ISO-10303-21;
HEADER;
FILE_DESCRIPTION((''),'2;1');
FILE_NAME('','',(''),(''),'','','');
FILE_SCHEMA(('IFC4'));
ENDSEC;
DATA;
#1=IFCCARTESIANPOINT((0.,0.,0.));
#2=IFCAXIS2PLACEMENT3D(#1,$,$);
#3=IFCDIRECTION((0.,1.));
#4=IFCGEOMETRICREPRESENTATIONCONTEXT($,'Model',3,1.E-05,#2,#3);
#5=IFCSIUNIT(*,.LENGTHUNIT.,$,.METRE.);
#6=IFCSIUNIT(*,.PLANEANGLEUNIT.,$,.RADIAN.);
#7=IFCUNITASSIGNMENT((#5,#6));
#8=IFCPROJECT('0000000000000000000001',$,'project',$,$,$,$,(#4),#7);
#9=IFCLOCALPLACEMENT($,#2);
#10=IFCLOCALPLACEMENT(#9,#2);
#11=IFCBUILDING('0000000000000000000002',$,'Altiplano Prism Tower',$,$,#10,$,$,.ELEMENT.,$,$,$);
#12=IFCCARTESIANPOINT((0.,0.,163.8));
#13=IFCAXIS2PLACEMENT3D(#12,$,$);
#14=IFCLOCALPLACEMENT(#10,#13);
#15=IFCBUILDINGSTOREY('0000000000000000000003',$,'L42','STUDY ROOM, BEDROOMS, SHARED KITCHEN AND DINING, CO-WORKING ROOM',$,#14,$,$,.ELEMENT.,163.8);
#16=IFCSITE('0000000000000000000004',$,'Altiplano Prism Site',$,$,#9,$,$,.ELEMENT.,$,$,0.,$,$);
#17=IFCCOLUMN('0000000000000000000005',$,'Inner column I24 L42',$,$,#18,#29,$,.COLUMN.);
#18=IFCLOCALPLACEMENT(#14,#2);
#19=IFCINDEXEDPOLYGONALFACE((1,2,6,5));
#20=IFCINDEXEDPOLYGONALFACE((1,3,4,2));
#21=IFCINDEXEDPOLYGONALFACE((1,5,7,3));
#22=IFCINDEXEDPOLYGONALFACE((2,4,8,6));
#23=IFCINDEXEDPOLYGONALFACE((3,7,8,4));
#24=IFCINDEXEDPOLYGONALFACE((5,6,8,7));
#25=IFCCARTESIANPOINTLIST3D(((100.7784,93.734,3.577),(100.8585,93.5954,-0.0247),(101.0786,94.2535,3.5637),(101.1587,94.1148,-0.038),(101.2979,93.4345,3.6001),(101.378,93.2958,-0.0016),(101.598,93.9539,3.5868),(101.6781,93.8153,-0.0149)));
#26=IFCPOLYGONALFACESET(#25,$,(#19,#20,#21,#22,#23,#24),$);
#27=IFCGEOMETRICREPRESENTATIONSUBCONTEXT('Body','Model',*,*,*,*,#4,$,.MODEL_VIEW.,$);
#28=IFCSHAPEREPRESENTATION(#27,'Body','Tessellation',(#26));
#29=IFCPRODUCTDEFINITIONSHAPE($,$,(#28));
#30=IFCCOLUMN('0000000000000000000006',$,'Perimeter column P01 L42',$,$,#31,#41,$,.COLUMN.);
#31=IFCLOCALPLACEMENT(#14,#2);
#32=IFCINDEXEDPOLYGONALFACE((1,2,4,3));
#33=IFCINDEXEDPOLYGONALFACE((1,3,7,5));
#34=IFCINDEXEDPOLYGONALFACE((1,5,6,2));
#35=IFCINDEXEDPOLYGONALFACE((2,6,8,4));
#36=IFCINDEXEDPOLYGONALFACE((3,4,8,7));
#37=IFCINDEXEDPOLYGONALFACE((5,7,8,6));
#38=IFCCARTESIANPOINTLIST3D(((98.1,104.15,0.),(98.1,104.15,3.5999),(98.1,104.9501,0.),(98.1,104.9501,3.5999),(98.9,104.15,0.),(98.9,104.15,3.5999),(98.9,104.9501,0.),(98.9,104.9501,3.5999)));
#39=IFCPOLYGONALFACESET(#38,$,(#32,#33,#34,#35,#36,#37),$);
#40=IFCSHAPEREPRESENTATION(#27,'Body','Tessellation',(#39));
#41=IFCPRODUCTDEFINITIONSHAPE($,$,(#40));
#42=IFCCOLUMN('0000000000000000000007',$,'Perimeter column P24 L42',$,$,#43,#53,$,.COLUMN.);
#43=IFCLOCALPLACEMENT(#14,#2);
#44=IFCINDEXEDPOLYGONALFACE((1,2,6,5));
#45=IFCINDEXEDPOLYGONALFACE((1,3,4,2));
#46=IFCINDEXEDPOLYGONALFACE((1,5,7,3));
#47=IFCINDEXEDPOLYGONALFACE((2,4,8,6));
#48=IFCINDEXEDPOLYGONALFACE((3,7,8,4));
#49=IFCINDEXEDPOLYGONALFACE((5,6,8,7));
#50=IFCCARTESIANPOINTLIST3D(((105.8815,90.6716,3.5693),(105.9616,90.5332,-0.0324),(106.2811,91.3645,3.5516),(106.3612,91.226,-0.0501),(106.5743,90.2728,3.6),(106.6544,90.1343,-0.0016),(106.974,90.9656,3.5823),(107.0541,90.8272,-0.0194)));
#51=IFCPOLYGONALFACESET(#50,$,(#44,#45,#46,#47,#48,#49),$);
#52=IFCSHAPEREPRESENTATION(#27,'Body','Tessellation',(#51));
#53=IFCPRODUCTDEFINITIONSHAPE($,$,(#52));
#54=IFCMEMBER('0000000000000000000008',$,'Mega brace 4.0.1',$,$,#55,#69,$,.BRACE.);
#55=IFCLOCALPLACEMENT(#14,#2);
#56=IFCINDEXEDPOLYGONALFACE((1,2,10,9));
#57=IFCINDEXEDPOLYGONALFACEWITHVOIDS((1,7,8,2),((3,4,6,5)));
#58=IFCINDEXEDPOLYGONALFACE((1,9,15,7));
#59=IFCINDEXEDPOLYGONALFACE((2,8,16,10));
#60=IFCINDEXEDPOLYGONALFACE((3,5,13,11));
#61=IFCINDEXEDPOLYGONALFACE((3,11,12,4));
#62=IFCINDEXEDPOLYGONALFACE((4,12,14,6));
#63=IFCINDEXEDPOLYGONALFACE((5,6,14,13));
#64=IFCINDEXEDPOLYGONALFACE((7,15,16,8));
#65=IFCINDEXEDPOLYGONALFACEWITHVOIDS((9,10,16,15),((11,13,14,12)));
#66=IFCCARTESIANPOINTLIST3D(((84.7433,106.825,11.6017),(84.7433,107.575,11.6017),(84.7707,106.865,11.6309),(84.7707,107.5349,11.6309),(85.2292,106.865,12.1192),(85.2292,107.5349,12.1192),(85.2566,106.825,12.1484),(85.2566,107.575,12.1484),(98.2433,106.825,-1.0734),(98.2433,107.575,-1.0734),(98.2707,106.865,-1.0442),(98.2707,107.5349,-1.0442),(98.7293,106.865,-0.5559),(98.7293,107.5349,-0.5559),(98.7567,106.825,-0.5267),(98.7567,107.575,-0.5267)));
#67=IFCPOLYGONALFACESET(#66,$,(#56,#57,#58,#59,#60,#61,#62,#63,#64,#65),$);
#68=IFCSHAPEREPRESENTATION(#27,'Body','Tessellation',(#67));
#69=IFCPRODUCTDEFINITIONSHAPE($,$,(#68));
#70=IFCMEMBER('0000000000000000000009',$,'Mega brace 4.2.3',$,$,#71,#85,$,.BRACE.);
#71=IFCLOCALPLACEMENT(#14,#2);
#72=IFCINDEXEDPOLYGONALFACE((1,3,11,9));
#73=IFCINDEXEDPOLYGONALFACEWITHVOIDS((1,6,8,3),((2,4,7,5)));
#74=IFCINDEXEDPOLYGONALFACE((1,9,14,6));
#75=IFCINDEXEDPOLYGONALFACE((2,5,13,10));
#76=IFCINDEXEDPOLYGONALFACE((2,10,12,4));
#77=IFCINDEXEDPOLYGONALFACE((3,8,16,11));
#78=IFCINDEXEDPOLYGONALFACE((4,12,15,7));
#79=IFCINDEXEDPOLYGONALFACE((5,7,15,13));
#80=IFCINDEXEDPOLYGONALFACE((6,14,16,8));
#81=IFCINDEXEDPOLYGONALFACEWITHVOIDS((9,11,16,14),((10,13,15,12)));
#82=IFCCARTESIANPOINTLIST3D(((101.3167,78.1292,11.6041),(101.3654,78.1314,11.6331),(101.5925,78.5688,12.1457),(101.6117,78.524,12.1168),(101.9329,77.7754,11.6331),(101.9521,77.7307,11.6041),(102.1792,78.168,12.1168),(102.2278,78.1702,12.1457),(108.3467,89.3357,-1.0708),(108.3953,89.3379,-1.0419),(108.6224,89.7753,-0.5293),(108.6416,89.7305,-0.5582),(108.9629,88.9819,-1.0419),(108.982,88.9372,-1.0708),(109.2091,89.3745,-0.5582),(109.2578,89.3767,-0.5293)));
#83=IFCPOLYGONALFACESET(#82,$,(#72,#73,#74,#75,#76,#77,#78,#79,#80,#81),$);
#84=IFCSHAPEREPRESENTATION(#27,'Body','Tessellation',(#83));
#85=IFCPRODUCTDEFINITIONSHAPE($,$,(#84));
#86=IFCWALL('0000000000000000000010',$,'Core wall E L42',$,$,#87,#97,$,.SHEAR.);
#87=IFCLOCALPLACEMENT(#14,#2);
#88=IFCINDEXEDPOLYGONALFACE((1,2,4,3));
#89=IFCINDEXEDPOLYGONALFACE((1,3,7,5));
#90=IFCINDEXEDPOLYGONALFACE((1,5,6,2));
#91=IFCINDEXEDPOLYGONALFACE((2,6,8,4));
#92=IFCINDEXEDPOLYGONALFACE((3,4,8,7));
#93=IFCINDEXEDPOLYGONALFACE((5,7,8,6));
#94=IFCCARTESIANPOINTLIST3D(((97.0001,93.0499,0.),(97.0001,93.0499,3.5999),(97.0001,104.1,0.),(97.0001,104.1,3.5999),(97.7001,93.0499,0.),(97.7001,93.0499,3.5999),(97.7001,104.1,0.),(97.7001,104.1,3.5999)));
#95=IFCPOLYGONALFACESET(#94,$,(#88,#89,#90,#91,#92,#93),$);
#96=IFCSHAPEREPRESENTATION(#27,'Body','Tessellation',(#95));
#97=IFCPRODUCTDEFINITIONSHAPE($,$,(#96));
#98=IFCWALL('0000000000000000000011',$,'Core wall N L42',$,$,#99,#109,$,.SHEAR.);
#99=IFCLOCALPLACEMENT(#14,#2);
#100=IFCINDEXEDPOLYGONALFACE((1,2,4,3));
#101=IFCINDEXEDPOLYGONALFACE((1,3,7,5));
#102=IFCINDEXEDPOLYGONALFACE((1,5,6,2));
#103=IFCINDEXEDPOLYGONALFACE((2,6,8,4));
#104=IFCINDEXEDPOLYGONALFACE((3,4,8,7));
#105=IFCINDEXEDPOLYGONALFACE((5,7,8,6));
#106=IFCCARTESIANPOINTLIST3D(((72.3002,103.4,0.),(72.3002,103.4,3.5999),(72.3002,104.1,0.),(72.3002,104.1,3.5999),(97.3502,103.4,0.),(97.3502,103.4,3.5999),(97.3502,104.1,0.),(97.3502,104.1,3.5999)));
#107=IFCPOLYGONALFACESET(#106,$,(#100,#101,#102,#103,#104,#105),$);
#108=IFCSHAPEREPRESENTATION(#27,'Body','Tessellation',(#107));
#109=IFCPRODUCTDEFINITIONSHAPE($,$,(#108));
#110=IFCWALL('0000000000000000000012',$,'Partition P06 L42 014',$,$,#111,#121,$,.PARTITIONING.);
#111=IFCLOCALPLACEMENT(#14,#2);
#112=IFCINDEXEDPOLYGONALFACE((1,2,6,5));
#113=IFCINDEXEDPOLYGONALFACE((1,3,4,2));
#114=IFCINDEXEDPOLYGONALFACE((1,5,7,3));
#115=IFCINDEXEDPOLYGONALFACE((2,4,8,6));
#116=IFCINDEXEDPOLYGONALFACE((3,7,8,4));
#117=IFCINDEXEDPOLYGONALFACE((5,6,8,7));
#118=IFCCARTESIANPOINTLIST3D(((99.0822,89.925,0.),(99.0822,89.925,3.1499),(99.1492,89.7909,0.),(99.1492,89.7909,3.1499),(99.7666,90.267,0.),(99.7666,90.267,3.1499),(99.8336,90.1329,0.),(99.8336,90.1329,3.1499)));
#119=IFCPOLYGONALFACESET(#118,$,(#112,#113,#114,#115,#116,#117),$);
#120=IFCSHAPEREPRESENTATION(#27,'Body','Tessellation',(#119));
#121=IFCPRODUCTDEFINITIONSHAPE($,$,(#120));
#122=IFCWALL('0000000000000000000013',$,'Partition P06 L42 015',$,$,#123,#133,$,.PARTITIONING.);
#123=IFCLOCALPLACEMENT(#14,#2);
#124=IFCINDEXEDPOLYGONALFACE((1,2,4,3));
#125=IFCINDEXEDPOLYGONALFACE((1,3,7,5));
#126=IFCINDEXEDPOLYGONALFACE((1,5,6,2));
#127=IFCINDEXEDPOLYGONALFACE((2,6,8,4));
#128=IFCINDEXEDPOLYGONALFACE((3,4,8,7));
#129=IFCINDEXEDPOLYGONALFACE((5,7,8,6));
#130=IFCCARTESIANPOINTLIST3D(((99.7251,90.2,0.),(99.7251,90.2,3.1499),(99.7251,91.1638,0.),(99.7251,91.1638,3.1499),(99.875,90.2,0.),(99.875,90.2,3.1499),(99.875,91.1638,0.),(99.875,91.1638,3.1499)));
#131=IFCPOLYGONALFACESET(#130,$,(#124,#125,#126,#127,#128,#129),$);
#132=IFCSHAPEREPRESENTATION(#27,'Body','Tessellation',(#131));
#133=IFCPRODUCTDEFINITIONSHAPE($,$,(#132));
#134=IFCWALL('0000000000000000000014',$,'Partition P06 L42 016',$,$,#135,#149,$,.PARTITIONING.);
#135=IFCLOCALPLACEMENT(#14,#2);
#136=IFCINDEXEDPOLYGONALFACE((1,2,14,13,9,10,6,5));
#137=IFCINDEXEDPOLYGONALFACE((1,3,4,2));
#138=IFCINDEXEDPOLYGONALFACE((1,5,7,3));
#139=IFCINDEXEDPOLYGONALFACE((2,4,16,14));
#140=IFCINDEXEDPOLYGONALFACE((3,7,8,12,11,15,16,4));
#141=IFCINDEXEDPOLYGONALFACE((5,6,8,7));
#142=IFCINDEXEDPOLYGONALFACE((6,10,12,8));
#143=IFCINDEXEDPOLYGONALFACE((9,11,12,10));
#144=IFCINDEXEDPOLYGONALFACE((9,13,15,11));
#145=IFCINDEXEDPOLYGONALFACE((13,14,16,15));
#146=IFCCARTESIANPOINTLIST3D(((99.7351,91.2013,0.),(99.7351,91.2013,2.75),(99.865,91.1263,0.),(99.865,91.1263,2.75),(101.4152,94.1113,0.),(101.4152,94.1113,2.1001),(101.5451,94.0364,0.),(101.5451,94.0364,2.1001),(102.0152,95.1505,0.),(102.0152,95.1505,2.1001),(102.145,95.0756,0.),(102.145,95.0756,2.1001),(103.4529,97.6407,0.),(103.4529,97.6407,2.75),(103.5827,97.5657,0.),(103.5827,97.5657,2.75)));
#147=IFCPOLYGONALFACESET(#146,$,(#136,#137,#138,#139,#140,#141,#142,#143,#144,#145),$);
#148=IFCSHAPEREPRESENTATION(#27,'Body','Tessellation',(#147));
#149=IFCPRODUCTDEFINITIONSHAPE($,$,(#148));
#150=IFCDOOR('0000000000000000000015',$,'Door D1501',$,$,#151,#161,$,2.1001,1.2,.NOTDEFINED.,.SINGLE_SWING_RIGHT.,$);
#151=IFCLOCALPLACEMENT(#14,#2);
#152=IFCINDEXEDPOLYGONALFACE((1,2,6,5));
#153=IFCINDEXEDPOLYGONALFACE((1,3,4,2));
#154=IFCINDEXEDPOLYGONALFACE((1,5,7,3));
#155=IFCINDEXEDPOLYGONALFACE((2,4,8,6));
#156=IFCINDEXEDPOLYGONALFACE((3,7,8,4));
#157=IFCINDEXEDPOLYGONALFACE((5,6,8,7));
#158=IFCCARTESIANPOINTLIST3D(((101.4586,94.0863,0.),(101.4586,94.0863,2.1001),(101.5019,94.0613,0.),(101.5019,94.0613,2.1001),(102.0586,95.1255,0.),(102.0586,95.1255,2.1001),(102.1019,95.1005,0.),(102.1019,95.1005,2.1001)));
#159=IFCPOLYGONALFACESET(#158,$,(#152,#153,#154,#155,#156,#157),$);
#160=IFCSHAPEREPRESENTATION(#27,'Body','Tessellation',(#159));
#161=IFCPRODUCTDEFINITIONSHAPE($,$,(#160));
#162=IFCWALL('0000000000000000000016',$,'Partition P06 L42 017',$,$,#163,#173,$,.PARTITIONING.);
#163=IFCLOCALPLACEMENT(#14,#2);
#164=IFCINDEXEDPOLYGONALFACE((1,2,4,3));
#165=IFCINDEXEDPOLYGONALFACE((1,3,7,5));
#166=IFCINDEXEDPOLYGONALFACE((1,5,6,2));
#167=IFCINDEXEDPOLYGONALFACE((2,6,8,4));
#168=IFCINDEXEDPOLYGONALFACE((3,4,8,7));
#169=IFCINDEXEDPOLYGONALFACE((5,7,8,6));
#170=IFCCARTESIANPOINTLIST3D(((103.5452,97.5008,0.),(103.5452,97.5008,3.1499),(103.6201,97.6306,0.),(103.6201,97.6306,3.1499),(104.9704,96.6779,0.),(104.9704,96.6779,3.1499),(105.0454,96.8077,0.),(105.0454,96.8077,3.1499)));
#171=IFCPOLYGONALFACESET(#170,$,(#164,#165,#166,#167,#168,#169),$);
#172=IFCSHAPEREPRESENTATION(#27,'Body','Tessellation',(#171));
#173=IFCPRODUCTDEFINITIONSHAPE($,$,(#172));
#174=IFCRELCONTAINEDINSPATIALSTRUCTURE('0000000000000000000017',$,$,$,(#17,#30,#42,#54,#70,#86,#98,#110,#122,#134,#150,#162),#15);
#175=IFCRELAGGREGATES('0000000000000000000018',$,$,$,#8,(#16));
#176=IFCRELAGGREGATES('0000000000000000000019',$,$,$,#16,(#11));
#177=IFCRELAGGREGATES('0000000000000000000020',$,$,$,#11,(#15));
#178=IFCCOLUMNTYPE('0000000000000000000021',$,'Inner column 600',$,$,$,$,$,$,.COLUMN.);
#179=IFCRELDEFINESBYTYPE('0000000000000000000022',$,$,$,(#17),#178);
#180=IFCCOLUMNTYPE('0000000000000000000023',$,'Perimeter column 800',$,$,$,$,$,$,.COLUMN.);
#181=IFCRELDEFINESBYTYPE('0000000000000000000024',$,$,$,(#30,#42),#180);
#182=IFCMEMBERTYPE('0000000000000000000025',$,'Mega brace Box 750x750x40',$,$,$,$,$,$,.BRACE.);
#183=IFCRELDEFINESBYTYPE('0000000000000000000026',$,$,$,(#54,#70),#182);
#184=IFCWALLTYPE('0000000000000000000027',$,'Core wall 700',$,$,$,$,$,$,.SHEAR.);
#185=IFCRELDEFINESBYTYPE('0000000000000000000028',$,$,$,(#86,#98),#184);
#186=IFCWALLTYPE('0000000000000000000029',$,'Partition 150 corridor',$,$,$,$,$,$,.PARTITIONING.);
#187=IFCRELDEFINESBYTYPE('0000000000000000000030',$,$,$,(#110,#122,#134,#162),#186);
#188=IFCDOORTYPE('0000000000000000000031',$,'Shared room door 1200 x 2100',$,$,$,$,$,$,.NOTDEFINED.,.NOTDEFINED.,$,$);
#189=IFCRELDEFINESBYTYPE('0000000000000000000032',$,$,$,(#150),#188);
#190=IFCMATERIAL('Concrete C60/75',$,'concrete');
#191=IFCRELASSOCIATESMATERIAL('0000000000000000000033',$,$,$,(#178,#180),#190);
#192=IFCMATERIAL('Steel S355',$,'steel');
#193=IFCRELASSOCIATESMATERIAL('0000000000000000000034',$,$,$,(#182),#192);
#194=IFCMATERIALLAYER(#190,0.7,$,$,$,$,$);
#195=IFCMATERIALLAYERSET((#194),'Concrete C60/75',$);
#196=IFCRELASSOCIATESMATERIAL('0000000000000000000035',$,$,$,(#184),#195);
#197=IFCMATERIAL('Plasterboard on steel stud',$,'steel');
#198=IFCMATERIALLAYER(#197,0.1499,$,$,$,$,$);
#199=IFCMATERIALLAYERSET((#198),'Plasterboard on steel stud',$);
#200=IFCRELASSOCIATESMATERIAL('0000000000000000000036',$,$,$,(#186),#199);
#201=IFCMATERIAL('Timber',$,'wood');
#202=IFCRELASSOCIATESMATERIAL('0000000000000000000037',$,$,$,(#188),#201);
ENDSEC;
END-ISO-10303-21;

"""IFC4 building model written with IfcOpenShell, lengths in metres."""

from ifc_helpers import new_model, si_unit, direction, frame, frame_2d, origin, origin_2d, place, context, subcontext, project, spatial, rectangle, hollow_rectangle, extrude, material, layer, layer_set, material_profile, profile_set, type_object, element, fill, save


model = new_model("IFC4")

# Units and contexts
model_context = context("Model", 3, precision=1e-05, world=origin(), true_north=direction((0.0, 1.0)))
body_context = subcontext(model_context, "Body", "Model", "MODEL_VIEW")
ifc_project = project(units=[si_unit("LENGTHUNIT", "METRE"), si_unit("PLANEANGLEUNIT", "RADIAN")], contexts=[model_context])

# Site, building, storey
site_placement = place(None, origin())
site = spatial("IfcSite", under=ifc_project, at=site_placement, Name="Altiplano Prism Site", CompositionType="ELEMENT", RefElevation=0.0)
building_placement = place(site_placement, origin())
building = spatial("IfcBuilding", under=site, at=building_placement, Name="Altiplano Prism Tower", CompositionType="ELEMENT")
storey_placement = place(building_placement, frame((0.0, 0.0, 163.8)))
storey = spatial("IfcBuildingStorey", under=building, at=storey_placement, Name="L42", Description="STUDY ROOM, BEDROOMS, SHARED KITCHEN AND DINING, CO-WORKING ROOM", CompositionType="ELEMENT", Elevation=163.8)

# Columns
ifc_material_1 = material(Name="Concrete C60/75", Category="concrete")
ifc_material_profile_1 = material_profile(ifc_material_1, rectangle(XDim=0.6001, YDim=0.6001, at=origin_2d()), Name="Inner column 600")
ifc_profile_set_1 = profile_set([ifc_material_profile_1], Name="Concrete C60/75")
column_type_1 = type_object("IfcColumnType", Name="Inner column 600", PredefinedType="COLUMN", material=ifc_profile_set_1)
column_1_placement = place(storey_placement, frame((101.2683, 93.7053, -0.0198), z_axis=(-0.022212, 0.038465, 0.999013), x_axis=(-0.500179, -0.865637, 0.022209)))
element("IfcColumn", 1, at=column_1_placement, inside=storey, type_object=column_type_1, Name="Inner column I24 L42", PredefinedType="COLUMN", context=body_context, shape_type="SweptSolid", body=[
    extrude(rectangle(XDim=0.6001, YDim=0.6001, at=origin_2d()), origin(), (0.0, 0.0, 1.0), 3.6052),
])
ifc_material_profile_2 = material_profile(ifc_material_1, rectangle(XDim=0.8, YDim=0.8, at=origin_2d()), Name="Perimeter column 800")
ifc_profile_set_2 = profile_set([ifc_material_profile_2], Name="Concrete C60/75")
column_type_2 = type_object("IfcColumnType", Name="Perimeter column 800", PredefinedType="COLUMN", material=ifc_profile_set_2)
column_2_placement = place(storey_placement, frame((98.5, 104.55, 0.0), z_axis=(0.0, 0.0, 1.0), x_axis=(1.0, 0.0, 0.0)))
element("IfcColumn", 2, at=column_2_placement, inside=storey, type_object=column_type_2, Name="Perimeter column P01 L42", PredefinedType="COLUMN", context=body_context, shape_type="SweptSolid", body=[
    extrude(rectangle(XDim=0.8, YDim=0.8, at=origin_2d()), origin(), (0.0, 0.0, 1.0), 3.5999),
])
column_3_placement = place(storey_placement, frame((106.5078, 90.6802, -0.0259), z_axis=(-0.022212, 0.038398, 0.999016), x_axis=(-0.499517, -0.86602, 0.022179)))
element("IfcColumn", 3, at=column_3_placement, inside=storey, type_object=column_type_2, Name="Perimeter column P24 L42", PredefinedType="COLUMN", context=body_context, shape_type="SweptSolid", body=[
    extrude(rectangle(XDim=0.8, YDim=0.8, at=origin_2d()), origin(), (0.0, 0.0, 1.0), 3.6052),
])

# Members
ifc_material_2 = material(Name="Steel S355", Category="steel")
ifc_material_profile_3 = material_profile(ifc_material_2, hollow_rectangle(XDim=0.75, YDim=0.75, WallThickness=0.04, at=origin_2d()), Name="Mega brace Box 750x750x40")
ifc_profile_set_3 = profile_set([ifc_material_profile_3], Name="Steel S355")
member_type = type_object("IfcMemberType", Name="Mega brace Box 750x750x40", PredefinedType="BRACE", material=ifc_profile_set_3)
member_1_placement = place(storey_placement, frame((98.5, 107.2, -0.8), z_axis=(-0.72903, 0.0, 0.684481), x_axis=(0.0, -1.0, 0.0)))
element("IfcMember", 4, at=member_1_placement, inside=storey, type_object=member_type, Name="Mega brace 4.0.1", PredefinedType="BRACE", context=body_context, shape_type="SweptSolid", body=[
    extrude(hollow_rectangle(XDim=0.75, YDim=0.75, WallThickness=0.04, at=origin_2d()), origin(), (0.0, 0.0, 1.0), 18.5178),
])
member_2_placement = place(storey_placement, frame((108.8022, 89.3562, -0.8), z_axis=(-0.383711, -0.611672, 0.691826), x_axis=(0.847116, -0.531408, 0.0)))
element("IfcMember", 5, at=member_2_placement, inside=storey, type_object=member_type, Name="Mega brace 4.2.3", PredefinedType="BRACE", context=body_context, shape_type="SweptSolid", body=[
    extrude(hollow_rectangle(XDim=0.75, YDim=0.75, WallThickness=0.04, at=origin_2d()), origin(), (0.0, 0.0, 1.0), 18.321),
])

# Walls
ifc_layer_1 = layer(ifc_material_1, 0.7)
ifc_layer_set_1 = layer_set([ifc_layer_1], Name="Concrete C60/75")
wall_type_1 = type_object("IfcWallType", Name="Core wall 700", PredefinedType="SHEAR", material=ifc_layer_set_1)
wall_1_placement = place(storey_placement, frame((97.3501, 93.05, 0.0), z_axis=(0.0, 0.0, 1.0), x_axis=(0.0, 1.0, 0.0)))
element("IfcWall", 6, at=wall_1_placement, inside=storey, type_object=wall_type_1, Name="Core wall E L42", PredefinedType="SHEAR", context=body_context, shape_type="SweptSolid", body=[
    extrude(rectangle(XDim=11.05, YDim=0.7, at=frame_2d((5.5249, 0.0))), origin(), (0.0, 0.0, 1.0), 3.5999),
])
wall_2_placement = place(storey_placement, frame((97.3501, 103.75, 0.0), z_axis=(0.0, 0.0, 1.0), x_axis=(-1.0, 0.0, 0.0)))
element("IfcWall", 7, at=wall_2_placement, inside=storey, type_object=wall_type_1, Name="Core wall N L42", PredefinedType="SHEAR", context=body_context, shape_type="SweptSolid", body=[
    extrude(rectangle(XDim=25.05, YDim=0.7, at=frame_2d((12.5249, 0.0))), origin(), (0.0, 0.0, 1.0), 3.5999),
])
ifc_material_3 = material(Name="Plasterboard on steel stud", Category="steel")
ifc_layer_2 = layer(ifc_material_3, 0.1499)
ifc_layer_set_2 = layer_set([ifc_layer_2], Name="Plasterboard on steel stud")
wall_type_2 = type_object("IfcWallType", Name="Partition 150 corridor", PredefinedType="PARTITIONING", material=ifc_layer_set_2)
wall_3_placement = place(storey_placement, frame((99.1157, 89.8579, 0.0), z_axis=(0.0, 0.0, 1.0), x_axis=(0.894491, 0.447086, 0.0)))
element("IfcWall", 8, at=wall_3_placement, inside=storey, type_object=wall_type_2, Name="Partition P06 L42 014", PredefinedType="PARTITIONING", context=body_context, shape_type="SweptSolid", body=[
    extrude(rectangle(XDim=0.7651, YDim=0.1499, at=frame_2d((0.3826, 0.0))), origin(), (0.0, 0.0, 1.0), 3.1499),
])
wall_4_placement = place(storey_placement, frame((99.8, 90.2, 0.0), z_axis=(0.0, 0.0, 1.0), x_axis=(0.0, 1.0, 0.0)))
element("IfcWall", 9, at=wall_4_placement, inside=storey, type_object=wall_type_2, Name="Partition P06 L42 015", PredefinedType="PARTITIONING", context=body_context, shape_type="SweptSolid", body=[
    extrude(rectangle(XDim=0.9639, YDim=0.1499, at=frame_2d((0.4819, 0.0))), origin(), (0.0, 0.0, 1.0), 3.1499),
])

# Wall, opening, door
wall_5_placement = place(storey_placement, frame((99.8, 91.1638, 0.0), z_axis=(0.0, 0.0, 1.0), x_axis=(0.499995, 0.866028, 0.0)))
wall_5 = element("IfcWall", 10, at=wall_5_placement, inside=storey, type_object=wall_type_2, Name="Partition P06 L42 016", PredefinedType="PARTITIONING", context=body_context, shape_type="SweptSolid", body=[
    extrude(rectangle(XDim=7.4355, YDim=0.1499, at=frame_2d((3.7178, 0.0))), origin(), (0.0, 0.0, 1.0), 2.75),
])
opening_1_placement = place(wall_5_placement, frame((3.3601, 0.0, 0.0)))
opening_1 = element("IfcOpeningElement", 11, at=opening_1_placement, cuts=wall_5, PredefinedType="OPENING", context=body_context, shape_type="SweptSolid", body=[
    extrude(rectangle(XDim=1.2, YDim=2.1001, at=frame_2d((0.6001, 1.05))), frame((0.0, 0.0854, 0.0), z_axis=(0.0, -1.0, 0.0), x_axis=(1.0, 0.0, 0.0)), (0.0, 0.0, 1.0), 0.1709),
])
ifc_material_4 = material(Name="Timber", Category="wood")
door_type = type_object("IfcDoorType", Name="Shared room door 1200 x 2100", OperationType="NOTDEFINED", PredefinedType="NOTDEFINED", material=ifc_material_4)
door_1_placement = place(opening_1_placement, origin())
door_1 = element("IfcDoor", 12, at=door_1_placement, inside=storey, type_object=door_type, Name="Door D1501", OperationType="SINGLE_SWING_RIGHT", OverallHeight=2.1001, OverallWidth=1.2, PredefinedType="NOTDEFINED", context=body_context, shape_type="SweptSolid", body=[
    extrude(rectangle(XDim=1.2, YDim=2.1001, at=frame_2d((0.6001, 1.05))), frame((0.0, 0.0249, 0.0), z_axis=(0.0, -1.0, 0.0), x_axis=(1.0, 0.0, 0.0)), (0.0, 0.0, 1.0), 0.05),
])
fill(opening_1, door_1)

# Wall
wall_6_placement = place(storey_placement, frame((103.5828, 97.5657, 0.0), z_axis=(0.0, 0.0, 1.0), x_axis=(0.865998, -0.500048, 0.0)))
element("IfcWall", 13, at=wall_6_placement, inside=storey, type_object=wall_type_2, Name="Partition P06 L42 017", PredefinedType="PARTITIONING", context=body_context, shape_type="SweptSolid", body=[
    extrude(rectangle(XDim=1.6458, YDim=0.1499, at=frame_2d((0.8228, 0.0))), origin(), (0.0, 0.0, 1.0), 3.1499),
])

save(model, "model.ifc")
